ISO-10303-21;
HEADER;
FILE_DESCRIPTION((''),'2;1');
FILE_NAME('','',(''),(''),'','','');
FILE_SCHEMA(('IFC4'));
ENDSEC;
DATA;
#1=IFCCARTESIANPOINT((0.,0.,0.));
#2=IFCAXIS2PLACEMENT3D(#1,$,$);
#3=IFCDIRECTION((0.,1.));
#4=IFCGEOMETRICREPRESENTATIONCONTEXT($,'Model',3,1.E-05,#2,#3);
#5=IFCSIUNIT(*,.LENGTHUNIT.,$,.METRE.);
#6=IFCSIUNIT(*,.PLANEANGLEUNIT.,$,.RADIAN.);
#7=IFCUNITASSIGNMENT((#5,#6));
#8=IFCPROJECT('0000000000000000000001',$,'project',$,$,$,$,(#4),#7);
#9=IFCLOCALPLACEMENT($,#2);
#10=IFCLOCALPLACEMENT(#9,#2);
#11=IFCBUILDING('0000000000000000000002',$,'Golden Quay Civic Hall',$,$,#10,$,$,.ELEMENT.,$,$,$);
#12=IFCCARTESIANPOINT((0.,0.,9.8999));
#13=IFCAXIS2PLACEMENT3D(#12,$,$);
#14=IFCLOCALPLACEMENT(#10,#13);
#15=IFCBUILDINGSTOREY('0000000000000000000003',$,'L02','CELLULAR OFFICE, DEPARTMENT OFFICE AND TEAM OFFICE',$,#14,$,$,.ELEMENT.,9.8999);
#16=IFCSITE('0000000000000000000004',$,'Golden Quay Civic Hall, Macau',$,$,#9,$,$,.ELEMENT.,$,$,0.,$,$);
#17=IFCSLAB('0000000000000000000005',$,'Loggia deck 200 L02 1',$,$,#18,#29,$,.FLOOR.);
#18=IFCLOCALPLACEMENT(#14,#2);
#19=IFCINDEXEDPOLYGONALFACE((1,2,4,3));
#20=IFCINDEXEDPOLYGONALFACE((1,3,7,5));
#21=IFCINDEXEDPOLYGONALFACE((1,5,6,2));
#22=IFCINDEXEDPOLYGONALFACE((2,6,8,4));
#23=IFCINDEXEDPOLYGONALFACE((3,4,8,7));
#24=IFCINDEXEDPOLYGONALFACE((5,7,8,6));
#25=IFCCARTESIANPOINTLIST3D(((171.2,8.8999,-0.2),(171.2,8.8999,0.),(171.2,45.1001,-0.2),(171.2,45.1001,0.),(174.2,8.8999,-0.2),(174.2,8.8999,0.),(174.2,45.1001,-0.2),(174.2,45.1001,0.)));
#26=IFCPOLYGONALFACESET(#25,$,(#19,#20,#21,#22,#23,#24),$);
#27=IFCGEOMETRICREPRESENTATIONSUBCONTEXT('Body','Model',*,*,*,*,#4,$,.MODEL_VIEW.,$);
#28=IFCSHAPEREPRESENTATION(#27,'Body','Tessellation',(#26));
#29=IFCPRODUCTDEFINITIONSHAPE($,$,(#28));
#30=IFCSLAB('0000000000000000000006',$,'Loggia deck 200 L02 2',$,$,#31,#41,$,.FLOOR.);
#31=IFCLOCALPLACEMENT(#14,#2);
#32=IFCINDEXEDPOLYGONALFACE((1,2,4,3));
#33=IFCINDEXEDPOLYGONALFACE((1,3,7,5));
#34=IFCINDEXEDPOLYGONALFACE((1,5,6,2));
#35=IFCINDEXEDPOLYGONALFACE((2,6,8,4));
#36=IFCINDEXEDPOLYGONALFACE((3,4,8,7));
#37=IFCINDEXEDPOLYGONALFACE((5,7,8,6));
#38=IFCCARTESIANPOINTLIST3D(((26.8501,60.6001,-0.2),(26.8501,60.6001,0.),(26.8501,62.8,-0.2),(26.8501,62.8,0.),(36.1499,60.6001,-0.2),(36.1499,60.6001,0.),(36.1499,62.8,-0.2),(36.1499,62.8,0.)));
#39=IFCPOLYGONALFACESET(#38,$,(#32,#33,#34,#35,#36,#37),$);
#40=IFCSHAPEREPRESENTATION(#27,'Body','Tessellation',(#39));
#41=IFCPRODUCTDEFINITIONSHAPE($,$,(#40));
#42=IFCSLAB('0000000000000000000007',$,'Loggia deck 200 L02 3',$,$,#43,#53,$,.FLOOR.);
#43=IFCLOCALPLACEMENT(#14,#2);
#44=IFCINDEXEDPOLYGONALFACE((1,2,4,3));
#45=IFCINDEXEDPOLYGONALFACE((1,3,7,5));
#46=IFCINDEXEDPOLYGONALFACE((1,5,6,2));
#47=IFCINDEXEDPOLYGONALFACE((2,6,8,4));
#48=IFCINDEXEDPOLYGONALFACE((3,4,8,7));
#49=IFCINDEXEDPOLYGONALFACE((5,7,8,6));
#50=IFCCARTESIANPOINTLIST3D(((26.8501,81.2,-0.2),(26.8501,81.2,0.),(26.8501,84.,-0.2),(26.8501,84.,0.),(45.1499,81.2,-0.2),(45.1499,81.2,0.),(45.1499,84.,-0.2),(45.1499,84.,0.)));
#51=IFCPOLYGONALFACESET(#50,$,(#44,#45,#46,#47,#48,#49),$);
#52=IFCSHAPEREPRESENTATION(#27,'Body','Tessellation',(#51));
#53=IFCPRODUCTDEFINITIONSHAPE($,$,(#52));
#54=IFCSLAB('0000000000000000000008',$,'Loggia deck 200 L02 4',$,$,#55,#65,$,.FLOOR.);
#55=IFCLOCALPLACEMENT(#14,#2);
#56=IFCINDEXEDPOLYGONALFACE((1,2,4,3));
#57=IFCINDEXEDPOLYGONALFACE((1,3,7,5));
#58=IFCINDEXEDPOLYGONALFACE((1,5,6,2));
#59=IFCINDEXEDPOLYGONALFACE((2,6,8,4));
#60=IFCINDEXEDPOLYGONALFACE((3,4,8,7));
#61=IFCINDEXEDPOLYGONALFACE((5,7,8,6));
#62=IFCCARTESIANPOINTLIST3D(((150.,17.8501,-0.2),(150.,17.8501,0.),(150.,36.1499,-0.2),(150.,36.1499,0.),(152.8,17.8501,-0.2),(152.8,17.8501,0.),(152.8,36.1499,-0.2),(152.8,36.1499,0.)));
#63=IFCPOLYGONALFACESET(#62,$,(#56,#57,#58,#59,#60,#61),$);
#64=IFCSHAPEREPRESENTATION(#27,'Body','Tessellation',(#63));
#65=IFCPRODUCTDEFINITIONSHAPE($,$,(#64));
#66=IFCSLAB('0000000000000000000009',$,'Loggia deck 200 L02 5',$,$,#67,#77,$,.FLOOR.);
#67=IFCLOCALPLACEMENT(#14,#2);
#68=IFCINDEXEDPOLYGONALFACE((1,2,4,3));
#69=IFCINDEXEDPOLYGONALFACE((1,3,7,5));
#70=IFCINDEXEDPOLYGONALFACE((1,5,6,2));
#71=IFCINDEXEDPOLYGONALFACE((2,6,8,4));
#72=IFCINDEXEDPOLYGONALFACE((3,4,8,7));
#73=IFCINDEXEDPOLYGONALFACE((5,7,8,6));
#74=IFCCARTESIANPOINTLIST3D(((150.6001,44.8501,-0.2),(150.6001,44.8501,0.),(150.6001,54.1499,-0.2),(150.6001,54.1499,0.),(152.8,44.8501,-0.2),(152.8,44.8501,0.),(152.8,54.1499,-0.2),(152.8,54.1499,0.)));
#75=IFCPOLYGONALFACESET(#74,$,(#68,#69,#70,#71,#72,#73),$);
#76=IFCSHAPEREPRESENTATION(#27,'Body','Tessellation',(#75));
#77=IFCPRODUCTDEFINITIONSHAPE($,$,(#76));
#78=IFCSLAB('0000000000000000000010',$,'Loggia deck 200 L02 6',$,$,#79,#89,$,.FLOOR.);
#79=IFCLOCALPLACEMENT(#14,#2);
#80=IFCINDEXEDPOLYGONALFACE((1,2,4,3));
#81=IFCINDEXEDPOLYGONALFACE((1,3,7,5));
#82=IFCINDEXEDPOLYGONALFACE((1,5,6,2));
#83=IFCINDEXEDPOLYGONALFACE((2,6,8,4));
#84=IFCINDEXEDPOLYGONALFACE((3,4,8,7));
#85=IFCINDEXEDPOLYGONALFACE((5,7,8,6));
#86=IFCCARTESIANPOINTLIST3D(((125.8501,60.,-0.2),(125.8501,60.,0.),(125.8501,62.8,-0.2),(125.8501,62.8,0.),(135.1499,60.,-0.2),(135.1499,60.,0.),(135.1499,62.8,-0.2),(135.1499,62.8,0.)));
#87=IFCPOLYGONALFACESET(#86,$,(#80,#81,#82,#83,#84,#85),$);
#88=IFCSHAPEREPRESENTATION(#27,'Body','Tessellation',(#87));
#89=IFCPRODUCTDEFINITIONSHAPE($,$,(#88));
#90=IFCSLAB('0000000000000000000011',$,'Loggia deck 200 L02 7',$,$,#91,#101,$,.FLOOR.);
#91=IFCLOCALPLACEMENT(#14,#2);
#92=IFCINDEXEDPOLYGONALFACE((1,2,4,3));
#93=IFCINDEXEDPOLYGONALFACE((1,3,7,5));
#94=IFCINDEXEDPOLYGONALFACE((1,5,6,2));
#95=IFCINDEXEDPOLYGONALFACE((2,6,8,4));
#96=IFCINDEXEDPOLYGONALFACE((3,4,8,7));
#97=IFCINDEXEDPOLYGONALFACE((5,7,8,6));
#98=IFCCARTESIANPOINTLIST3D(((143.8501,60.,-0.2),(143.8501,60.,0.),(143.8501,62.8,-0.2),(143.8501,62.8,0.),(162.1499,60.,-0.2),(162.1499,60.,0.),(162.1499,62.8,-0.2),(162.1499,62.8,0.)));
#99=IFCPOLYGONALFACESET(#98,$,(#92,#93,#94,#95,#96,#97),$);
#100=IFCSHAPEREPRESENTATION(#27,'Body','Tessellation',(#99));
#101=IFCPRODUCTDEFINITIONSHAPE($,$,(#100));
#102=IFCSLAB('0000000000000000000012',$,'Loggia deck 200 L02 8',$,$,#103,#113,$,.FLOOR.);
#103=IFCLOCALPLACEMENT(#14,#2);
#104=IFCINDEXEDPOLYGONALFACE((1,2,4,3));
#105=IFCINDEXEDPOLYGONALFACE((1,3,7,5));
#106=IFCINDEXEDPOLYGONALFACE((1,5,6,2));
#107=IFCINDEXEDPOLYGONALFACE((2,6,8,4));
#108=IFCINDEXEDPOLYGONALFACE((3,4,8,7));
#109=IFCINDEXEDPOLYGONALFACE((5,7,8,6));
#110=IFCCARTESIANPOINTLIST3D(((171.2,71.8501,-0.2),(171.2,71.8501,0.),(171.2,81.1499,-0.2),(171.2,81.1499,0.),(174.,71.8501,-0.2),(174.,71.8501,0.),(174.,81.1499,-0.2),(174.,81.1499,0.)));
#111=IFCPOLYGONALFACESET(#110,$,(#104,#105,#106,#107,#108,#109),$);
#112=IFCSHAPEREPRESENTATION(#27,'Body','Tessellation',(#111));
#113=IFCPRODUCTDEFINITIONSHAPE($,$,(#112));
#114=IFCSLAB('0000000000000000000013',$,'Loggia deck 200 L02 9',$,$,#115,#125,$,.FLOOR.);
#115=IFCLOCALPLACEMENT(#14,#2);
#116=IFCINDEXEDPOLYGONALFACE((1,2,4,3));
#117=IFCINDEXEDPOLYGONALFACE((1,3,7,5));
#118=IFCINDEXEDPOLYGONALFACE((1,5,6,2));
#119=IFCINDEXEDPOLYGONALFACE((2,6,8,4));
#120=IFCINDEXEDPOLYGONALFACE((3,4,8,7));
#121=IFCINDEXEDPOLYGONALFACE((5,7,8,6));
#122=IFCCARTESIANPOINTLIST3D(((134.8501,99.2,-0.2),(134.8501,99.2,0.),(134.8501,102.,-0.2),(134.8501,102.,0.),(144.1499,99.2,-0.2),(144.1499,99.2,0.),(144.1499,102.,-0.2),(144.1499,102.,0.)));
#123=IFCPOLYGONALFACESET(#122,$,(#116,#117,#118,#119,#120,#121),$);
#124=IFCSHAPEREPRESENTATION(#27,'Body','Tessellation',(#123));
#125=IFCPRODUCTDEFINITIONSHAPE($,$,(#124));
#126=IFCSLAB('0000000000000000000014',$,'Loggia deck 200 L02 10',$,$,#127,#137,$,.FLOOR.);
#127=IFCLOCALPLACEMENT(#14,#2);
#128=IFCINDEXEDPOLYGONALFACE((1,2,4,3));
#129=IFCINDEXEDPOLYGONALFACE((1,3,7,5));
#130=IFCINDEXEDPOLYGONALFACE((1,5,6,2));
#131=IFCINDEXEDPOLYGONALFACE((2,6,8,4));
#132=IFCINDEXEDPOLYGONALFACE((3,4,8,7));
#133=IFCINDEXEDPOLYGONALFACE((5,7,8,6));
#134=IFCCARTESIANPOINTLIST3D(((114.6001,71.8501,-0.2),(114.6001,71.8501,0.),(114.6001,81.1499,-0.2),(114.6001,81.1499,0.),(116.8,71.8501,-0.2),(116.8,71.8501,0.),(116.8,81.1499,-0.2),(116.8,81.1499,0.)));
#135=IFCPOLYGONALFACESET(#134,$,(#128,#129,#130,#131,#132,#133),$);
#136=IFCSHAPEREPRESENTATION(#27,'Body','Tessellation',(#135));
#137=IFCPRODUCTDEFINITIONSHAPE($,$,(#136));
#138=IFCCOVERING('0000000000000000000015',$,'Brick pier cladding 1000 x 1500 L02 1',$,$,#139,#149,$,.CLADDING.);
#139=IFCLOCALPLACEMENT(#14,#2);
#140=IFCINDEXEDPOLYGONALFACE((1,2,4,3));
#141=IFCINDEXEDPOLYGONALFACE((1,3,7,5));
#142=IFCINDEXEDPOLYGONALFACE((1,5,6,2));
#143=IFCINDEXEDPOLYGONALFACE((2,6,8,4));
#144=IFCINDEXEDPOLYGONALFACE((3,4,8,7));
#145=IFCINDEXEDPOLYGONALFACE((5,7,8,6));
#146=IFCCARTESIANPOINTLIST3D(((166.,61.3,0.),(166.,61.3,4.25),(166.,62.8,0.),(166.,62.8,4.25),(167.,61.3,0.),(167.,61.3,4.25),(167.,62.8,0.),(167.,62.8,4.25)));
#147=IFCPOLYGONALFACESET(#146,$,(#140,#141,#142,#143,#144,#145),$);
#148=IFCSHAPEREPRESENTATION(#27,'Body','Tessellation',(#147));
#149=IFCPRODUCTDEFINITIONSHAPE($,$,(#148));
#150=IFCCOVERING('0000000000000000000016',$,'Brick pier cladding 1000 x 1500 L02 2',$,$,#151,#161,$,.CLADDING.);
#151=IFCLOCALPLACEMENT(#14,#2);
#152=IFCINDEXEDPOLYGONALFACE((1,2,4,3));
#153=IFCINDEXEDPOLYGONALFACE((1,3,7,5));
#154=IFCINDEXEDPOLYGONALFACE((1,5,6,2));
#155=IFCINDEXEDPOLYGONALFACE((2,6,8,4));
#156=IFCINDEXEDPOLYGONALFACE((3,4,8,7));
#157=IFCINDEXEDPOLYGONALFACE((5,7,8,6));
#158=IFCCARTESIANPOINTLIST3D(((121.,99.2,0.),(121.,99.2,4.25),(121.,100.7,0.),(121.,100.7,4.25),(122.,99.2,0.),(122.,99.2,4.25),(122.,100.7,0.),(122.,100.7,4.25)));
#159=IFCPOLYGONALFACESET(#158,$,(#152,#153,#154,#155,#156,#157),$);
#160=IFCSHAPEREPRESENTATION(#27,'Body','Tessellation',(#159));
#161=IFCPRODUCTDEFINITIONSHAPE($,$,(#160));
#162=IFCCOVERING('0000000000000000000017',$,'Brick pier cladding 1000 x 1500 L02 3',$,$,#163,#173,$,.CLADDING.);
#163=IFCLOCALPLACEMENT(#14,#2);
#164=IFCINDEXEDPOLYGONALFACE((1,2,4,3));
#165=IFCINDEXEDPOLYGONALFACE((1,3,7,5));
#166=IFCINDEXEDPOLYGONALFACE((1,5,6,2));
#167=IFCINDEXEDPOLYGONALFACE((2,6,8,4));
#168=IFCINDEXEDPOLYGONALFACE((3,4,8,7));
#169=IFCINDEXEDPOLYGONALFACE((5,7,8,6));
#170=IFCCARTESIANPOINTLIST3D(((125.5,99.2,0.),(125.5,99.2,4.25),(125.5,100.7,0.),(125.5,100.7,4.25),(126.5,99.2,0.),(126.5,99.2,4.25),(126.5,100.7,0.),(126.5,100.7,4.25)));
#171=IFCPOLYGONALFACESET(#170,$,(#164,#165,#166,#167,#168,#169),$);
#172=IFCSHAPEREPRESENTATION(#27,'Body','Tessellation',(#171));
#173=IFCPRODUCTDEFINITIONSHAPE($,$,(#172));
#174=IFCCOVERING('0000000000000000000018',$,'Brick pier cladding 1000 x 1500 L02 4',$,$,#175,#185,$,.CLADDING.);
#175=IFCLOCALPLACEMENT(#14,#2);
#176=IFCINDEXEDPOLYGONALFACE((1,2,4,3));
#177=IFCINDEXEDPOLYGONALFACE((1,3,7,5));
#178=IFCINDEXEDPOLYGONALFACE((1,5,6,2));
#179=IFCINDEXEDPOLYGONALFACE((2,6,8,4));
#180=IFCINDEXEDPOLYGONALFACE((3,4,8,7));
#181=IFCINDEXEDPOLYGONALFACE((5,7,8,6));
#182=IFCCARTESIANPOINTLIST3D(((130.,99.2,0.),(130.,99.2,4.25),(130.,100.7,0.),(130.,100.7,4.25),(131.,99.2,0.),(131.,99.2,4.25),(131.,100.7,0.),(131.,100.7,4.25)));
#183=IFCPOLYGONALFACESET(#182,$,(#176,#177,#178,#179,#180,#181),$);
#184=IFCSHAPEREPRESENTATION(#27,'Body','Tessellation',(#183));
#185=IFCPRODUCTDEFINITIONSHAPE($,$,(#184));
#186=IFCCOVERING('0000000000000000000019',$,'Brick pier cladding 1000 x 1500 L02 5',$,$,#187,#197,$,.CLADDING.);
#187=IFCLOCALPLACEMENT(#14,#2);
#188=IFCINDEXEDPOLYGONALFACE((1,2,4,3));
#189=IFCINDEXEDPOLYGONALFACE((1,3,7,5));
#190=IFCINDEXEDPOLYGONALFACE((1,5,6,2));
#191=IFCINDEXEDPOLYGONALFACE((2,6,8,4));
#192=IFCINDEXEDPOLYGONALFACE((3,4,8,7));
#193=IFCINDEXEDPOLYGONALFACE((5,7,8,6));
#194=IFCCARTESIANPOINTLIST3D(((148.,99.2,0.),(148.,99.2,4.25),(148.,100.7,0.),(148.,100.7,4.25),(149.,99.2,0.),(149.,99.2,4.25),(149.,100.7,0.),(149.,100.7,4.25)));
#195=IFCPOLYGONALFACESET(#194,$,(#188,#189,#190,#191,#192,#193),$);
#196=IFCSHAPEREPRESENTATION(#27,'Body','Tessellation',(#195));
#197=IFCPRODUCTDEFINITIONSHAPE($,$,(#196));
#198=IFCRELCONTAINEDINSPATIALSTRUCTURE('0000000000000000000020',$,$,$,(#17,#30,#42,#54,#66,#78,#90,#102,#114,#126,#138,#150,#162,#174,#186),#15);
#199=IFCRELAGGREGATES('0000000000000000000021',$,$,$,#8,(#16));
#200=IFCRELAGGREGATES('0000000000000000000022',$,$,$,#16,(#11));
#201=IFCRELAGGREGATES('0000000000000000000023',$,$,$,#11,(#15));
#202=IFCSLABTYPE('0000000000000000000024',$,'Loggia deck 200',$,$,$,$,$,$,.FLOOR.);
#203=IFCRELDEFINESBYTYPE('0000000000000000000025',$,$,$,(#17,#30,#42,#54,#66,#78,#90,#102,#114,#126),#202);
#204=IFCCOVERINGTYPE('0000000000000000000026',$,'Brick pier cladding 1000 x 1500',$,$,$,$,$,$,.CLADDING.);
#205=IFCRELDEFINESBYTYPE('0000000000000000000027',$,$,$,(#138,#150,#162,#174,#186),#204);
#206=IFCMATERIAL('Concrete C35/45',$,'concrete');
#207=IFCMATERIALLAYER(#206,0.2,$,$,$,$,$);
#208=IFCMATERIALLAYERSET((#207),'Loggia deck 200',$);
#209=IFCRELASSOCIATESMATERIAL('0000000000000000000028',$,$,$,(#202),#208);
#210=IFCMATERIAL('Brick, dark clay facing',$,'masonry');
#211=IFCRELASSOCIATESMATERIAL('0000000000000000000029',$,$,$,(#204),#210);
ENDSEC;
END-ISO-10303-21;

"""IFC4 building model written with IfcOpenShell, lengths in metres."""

from ifc_helpers import new_model, si_unit, direction, frame, origin, place, context, subcontext, project, spatial, polyline, outline, extrude, material, layer, layer_set, type_object, element, save


model = new_model("IFC4")

# Units and contexts
model_context = context("Model", 3, precision=1e-05, world=origin(), true_north=direction((0.0, 1.0)))
body_context = subcontext(model_context, "Body", "Model", "MODEL_VIEW")
ifc_project = project(units=[si_unit("LENGTHUNIT", "METRE"), si_unit("PLANEANGLEUNIT", "RADIAN")], contexts=[model_context])

# Site, building, storey
site_placement = place(None, origin())
site = spatial("IfcSite", under=ifc_project, at=site_placement, Name="Golden Quay Civic Hall, Macau", CompositionType="ELEMENT", RefElevation=0.0)
building_placement = place(site_placement, origin())
building = spatial("IfcBuilding", under=site, at=building_placement, Name="Golden Quay Civic Hall", CompositionType="ELEMENT")
storey_placement = place(building_placement, frame((0.0, 0.0, 9.8999)))
storey = spatial("IfcBuildingStorey", under=building, at=storey_placement, Name="L02", Description="CELLULAR OFFICE, DEPARTMENT OFFICE AND TEAM OFFICE", CompositionType="ELEMENT", Elevation=9.8999)

# Slabs
ifc_material_1 = material(Name="Concrete C35/45", Category="concrete")
ifc_layer = layer(ifc_material_1, 0.2)
ifc_layer_set = layer_set([ifc_layer], Name="Loggia deck 200")
slab_type = type_object("IfcSlabType", Name="Loggia deck 200", PredefinedType="FLOOR", material=ifc_layer_set)
slab_1_placement = place(storey_placement, frame((0.0, 0.0, -0.2)))
element("IfcSlab", 1, at=slab_1_placement, inside=storey, type_object=slab_type, Name="Loggia deck 200 L02 1", PredefinedType="FLOOR", context=body_context, shape_type="SweptSolid", body=[
    extrude(outline(polyline([(171.2, 8.8999), (171.2, 45.1001), (174.2, 45.1001), (174.2, 8.8999), (171.2, 8.8999)])), origin(), (0.0, 0.0, 1.0), 0.2),
])
slab_2_placement = place(storey_placement, frame((0.0, 0.0, -0.2)))
element("IfcSlab", 2, at=slab_2_placement, inside=storey, type_object=slab_type, Name="Loggia deck 200 L02 2", PredefinedType="FLOOR", context=body_context, shape_type="SweptSolid", body=[
    extrude(outline(polyline([(26.8501, 62.8), (36.1499, 62.8), (36.1499, 60.6001), (26.8501, 60.6001), (26.8501, 62.8)])), origin(), (0.0, 0.0, 1.0), 0.2),
])
slab_3_placement = place(storey_placement, frame((0.0, 0.0, -0.2)))
element("IfcSlab", 3, at=slab_3_placement, inside=storey, type_object=slab_type, Name="Loggia deck 200 L02 3", PredefinedType="FLOOR", context=body_context, shape_type="SweptSolid", body=[
    extrude(outline(polyline([(26.8501, 81.2), (45.1499, 81.2), (45.1499, 84.0), (26.8501, 84.0), (26.8501, 81.2)])), origin(), (0.0, 0.0, 1.0), 0.2),
])
slab_4_placement = place(storey_placement, frame((0.0, 0.0, -0.2)))
element("IfcSlab", 4, at=slab_4_placement, inside=storey, type_object=slab_type, Name="Loggia deck 200 L02 4", PredefinedType="FLOOR", context=body_context, shape_type="SweptSolid", body=[
    extrude(outline(polyline([(152.8, 17.8501), (152.8, 36.1499), (150.0, 36.1499), (150.0, 17.8501), (152.8, 17.8501)])), origin(), (0.0, 0.0, 1.0), 0.2),
])
slab_5_placement = place(storey_placement, frame((0.0, 0.0, -0.2)))
element("IfcSlab", 5, at=slab_5_placement, inside=storey, type_object=slab_type, Name="Loggia deck 200 L02 5", PredefinedType="FLOOR", context=body_context, shape_type="SweptSolid", body=[
    extrude(outline(polyline([(152.8, 44.8501), (152.8, 54.1499), (150.6001, 54.1499), (150.6001, 44.8501), (152.8, 44.8501)])), origin(), (0.0, 0.0, 1.0), 0.2),
])
slab_6_placement = place(storey_placement, frame((0.0, 0.0, -0.2)))
element("IfcSlab", 6, at=slab_6_placement, inside=storey, type_object=slab_type, Name="Loggia deck 200 L02 6", PredefinedType="FLOOR", context=body_context, shape_type="SweptSolid", body=[
    extrude(outline(polyline([(125.8501, 62.8), (135.1499, 62.8), (135.1499, 60.0), (125.8501, 60.0), (125.8501, 62.8)])), origin(), (0.0, 0.0, 1.0), 0.2),
])
slab_7_placement = place(storey_placement, frame((0.0, 0.0, -0.2)))
element("IfcSlab", 7, at=slab_7_placement, inside=storey, type_object=slab_type, Name="Loggia deck 200 L02 7", PredefinedType="FLOOR", context=body_context, shape_type="SweptSolid", body=[
    extrude(outline(polyline([(143.8501, 62.8), (162.1499, 62.8), (162.1499, 60.0), (143.8501, 60.0), (143.8501, 62.8)])), origin(), (0.0, 0.0, 1.0), 0.2),
])
slab_8_placement = place(storey_placement, frame((0.0, 0.0, -0.2)))
element("IfcSlab", 8, at=slab_8_placement, inside=storey, type_object=slab_type, Name="Loggia deck 200 L02 8", PredefinedType="FLOOR", context=body_context, shape_type="SweptSolid", body=[
    extrude(outline(polyline([(171.2, 71.8501), (171.2, 81.1499), (174.0, 81.1499), (174.0, 71.8501), (171.2, 71.8501)])), origin(), (0.0, 0.0, 1.0), 0.2),
])
slab_9_placement = place(storey_placement, frame((0.0, 0.0, -0.2)))
element("IfcSlab", 9, at=slab_9_placement, inside=storey, type_object=slab_type, Name="Loggia deck 200 L02 9", PredefinedType="FLOOR", context=body_context, shape_type="SweptSolid", body=[
    extrude(outline(polyline([(134.8501, 99.2), (144.1499, 99.2), (144.1499, 102.0), (134.8501, 102.0), (134.8501, 99.2)])), origin(), (0.0, 0.0, 1.0), 0.2),
])
slab_10_placement = place(storey_placement, frame((0.0, 0.0, -0.2)))
element("IfcSlab", 10, at=slab_10_placement, inside=storey, type_object=slab_type, Name="Loggia deck 200 L02 10", PredefinedType="FLOOR", context=body_context, shape_type="SweptSolid", body=[
    extrude(outline(polyline([(116.8, 71.8501), (116.8, 81.1499), (114.6001, 81.1499), (114.6001, 71.8501), (116.8, 71.8501)])), origin(), (0.0, 0.0, 1.0), 0.2),
])

# Coverings
ifc_material_2 = material(Name="Brick, dark clay facing", Category="masonry")
covering_type_1 = type_object("IfcCoveringType", Name="Brick pier cladding 1000 x 1500", PredefinedType="CLADDING", material=ifc_material_2)
covering_1_placement = place(storey_placement, origin())
element("IfcCovering", 11, at=covering_1_placement, inside=storey, type_object=covering_type_1, Name="Brick pier cladding 1000 x 1500 L02 1", PredefinedType="CLADDING", context=body_context, shape_type="SweptSolid", body=[
    extrude(outline(polyline([(166.0, 62.8), (167.0, 62.8), (167.0, 61.3), (166.0, 61.3), (166.0, 62.8)])), origin(), (0.0, 0.0, 1.0), 4.25),
])
covering_2_placement = place(storey_placement, origin())
element("IfcCovering", 12, at=covering_2_placement, inside=storey, type_object=covering_type_1, Name="Brick pier cladding 1000 x 1500 L02 2", PredefinedType="CLADDING", context=body_context, shape_type="SweptSolid", body=[
    extrude(outline(polyline([(121.0, 99.2), (122.0, 99.2), (122.0, 100.7), (121.0, 100.7), (121.0, 99.2)])), origin(), (0.0, 0.0, 1.0), 4.25),
])
covering_3_placement = place(storey_placement, origin())
element("IfcCovering", 13, at=covering_3_placement, inside=storey, type_object=covering_type_1, Name="Brick pier cladding 1000 x 1500 L02 3", PredefinedType="CLADDING", context=body_context, shape_type="SweptSolid", body=[
    extrude(outline(polyline([(125.5, 99.2), (126.5, 99.2), (126.5, 100.7), (125.5, 100.7), (125.5, 99.2)])), origin(), (0.0, 0.0, 1.0), 4.25),
])
covering_4_placement = place(storey_placement, origin())
element("IfcCovering", 14, at=covering_4_placement, inside=storey, type_object=covering_type_1, Name="Brick pier cladding 1000 x 1500 L02 4", PredefinedType="CLADDING", context=body_context, shape_type="SweptSolid", body=[
    extrude(outline(polyline([(130.0, 99.2), (131.0, 99.2), (131.0, 100.7), (130.0, 100.7), (130.0, 99.2)])), origin(), (0.0, 0.0, 1.0), 4.25),
])
covering_5_placement = place(storey_placement, origin())
element("IfcCovering", 15, at=covering_5_placement, inside=storey, type_object=covering_type_1, Name="Brick pier cladding 1000 x 1500 L02 5", PredefinedType="CLADDING", context=body_context, shape_type="SweptSolid", body=[
    extrude(outline(polyline([(148.0, 99.2), (149.0, 99.2), (149.0, 100.7), (148.0, 100.7), (148.0, 99.2)])), origin(), (0.0, 0.0, 1.0), 4.25),
])

save(model, "model.ifc")
